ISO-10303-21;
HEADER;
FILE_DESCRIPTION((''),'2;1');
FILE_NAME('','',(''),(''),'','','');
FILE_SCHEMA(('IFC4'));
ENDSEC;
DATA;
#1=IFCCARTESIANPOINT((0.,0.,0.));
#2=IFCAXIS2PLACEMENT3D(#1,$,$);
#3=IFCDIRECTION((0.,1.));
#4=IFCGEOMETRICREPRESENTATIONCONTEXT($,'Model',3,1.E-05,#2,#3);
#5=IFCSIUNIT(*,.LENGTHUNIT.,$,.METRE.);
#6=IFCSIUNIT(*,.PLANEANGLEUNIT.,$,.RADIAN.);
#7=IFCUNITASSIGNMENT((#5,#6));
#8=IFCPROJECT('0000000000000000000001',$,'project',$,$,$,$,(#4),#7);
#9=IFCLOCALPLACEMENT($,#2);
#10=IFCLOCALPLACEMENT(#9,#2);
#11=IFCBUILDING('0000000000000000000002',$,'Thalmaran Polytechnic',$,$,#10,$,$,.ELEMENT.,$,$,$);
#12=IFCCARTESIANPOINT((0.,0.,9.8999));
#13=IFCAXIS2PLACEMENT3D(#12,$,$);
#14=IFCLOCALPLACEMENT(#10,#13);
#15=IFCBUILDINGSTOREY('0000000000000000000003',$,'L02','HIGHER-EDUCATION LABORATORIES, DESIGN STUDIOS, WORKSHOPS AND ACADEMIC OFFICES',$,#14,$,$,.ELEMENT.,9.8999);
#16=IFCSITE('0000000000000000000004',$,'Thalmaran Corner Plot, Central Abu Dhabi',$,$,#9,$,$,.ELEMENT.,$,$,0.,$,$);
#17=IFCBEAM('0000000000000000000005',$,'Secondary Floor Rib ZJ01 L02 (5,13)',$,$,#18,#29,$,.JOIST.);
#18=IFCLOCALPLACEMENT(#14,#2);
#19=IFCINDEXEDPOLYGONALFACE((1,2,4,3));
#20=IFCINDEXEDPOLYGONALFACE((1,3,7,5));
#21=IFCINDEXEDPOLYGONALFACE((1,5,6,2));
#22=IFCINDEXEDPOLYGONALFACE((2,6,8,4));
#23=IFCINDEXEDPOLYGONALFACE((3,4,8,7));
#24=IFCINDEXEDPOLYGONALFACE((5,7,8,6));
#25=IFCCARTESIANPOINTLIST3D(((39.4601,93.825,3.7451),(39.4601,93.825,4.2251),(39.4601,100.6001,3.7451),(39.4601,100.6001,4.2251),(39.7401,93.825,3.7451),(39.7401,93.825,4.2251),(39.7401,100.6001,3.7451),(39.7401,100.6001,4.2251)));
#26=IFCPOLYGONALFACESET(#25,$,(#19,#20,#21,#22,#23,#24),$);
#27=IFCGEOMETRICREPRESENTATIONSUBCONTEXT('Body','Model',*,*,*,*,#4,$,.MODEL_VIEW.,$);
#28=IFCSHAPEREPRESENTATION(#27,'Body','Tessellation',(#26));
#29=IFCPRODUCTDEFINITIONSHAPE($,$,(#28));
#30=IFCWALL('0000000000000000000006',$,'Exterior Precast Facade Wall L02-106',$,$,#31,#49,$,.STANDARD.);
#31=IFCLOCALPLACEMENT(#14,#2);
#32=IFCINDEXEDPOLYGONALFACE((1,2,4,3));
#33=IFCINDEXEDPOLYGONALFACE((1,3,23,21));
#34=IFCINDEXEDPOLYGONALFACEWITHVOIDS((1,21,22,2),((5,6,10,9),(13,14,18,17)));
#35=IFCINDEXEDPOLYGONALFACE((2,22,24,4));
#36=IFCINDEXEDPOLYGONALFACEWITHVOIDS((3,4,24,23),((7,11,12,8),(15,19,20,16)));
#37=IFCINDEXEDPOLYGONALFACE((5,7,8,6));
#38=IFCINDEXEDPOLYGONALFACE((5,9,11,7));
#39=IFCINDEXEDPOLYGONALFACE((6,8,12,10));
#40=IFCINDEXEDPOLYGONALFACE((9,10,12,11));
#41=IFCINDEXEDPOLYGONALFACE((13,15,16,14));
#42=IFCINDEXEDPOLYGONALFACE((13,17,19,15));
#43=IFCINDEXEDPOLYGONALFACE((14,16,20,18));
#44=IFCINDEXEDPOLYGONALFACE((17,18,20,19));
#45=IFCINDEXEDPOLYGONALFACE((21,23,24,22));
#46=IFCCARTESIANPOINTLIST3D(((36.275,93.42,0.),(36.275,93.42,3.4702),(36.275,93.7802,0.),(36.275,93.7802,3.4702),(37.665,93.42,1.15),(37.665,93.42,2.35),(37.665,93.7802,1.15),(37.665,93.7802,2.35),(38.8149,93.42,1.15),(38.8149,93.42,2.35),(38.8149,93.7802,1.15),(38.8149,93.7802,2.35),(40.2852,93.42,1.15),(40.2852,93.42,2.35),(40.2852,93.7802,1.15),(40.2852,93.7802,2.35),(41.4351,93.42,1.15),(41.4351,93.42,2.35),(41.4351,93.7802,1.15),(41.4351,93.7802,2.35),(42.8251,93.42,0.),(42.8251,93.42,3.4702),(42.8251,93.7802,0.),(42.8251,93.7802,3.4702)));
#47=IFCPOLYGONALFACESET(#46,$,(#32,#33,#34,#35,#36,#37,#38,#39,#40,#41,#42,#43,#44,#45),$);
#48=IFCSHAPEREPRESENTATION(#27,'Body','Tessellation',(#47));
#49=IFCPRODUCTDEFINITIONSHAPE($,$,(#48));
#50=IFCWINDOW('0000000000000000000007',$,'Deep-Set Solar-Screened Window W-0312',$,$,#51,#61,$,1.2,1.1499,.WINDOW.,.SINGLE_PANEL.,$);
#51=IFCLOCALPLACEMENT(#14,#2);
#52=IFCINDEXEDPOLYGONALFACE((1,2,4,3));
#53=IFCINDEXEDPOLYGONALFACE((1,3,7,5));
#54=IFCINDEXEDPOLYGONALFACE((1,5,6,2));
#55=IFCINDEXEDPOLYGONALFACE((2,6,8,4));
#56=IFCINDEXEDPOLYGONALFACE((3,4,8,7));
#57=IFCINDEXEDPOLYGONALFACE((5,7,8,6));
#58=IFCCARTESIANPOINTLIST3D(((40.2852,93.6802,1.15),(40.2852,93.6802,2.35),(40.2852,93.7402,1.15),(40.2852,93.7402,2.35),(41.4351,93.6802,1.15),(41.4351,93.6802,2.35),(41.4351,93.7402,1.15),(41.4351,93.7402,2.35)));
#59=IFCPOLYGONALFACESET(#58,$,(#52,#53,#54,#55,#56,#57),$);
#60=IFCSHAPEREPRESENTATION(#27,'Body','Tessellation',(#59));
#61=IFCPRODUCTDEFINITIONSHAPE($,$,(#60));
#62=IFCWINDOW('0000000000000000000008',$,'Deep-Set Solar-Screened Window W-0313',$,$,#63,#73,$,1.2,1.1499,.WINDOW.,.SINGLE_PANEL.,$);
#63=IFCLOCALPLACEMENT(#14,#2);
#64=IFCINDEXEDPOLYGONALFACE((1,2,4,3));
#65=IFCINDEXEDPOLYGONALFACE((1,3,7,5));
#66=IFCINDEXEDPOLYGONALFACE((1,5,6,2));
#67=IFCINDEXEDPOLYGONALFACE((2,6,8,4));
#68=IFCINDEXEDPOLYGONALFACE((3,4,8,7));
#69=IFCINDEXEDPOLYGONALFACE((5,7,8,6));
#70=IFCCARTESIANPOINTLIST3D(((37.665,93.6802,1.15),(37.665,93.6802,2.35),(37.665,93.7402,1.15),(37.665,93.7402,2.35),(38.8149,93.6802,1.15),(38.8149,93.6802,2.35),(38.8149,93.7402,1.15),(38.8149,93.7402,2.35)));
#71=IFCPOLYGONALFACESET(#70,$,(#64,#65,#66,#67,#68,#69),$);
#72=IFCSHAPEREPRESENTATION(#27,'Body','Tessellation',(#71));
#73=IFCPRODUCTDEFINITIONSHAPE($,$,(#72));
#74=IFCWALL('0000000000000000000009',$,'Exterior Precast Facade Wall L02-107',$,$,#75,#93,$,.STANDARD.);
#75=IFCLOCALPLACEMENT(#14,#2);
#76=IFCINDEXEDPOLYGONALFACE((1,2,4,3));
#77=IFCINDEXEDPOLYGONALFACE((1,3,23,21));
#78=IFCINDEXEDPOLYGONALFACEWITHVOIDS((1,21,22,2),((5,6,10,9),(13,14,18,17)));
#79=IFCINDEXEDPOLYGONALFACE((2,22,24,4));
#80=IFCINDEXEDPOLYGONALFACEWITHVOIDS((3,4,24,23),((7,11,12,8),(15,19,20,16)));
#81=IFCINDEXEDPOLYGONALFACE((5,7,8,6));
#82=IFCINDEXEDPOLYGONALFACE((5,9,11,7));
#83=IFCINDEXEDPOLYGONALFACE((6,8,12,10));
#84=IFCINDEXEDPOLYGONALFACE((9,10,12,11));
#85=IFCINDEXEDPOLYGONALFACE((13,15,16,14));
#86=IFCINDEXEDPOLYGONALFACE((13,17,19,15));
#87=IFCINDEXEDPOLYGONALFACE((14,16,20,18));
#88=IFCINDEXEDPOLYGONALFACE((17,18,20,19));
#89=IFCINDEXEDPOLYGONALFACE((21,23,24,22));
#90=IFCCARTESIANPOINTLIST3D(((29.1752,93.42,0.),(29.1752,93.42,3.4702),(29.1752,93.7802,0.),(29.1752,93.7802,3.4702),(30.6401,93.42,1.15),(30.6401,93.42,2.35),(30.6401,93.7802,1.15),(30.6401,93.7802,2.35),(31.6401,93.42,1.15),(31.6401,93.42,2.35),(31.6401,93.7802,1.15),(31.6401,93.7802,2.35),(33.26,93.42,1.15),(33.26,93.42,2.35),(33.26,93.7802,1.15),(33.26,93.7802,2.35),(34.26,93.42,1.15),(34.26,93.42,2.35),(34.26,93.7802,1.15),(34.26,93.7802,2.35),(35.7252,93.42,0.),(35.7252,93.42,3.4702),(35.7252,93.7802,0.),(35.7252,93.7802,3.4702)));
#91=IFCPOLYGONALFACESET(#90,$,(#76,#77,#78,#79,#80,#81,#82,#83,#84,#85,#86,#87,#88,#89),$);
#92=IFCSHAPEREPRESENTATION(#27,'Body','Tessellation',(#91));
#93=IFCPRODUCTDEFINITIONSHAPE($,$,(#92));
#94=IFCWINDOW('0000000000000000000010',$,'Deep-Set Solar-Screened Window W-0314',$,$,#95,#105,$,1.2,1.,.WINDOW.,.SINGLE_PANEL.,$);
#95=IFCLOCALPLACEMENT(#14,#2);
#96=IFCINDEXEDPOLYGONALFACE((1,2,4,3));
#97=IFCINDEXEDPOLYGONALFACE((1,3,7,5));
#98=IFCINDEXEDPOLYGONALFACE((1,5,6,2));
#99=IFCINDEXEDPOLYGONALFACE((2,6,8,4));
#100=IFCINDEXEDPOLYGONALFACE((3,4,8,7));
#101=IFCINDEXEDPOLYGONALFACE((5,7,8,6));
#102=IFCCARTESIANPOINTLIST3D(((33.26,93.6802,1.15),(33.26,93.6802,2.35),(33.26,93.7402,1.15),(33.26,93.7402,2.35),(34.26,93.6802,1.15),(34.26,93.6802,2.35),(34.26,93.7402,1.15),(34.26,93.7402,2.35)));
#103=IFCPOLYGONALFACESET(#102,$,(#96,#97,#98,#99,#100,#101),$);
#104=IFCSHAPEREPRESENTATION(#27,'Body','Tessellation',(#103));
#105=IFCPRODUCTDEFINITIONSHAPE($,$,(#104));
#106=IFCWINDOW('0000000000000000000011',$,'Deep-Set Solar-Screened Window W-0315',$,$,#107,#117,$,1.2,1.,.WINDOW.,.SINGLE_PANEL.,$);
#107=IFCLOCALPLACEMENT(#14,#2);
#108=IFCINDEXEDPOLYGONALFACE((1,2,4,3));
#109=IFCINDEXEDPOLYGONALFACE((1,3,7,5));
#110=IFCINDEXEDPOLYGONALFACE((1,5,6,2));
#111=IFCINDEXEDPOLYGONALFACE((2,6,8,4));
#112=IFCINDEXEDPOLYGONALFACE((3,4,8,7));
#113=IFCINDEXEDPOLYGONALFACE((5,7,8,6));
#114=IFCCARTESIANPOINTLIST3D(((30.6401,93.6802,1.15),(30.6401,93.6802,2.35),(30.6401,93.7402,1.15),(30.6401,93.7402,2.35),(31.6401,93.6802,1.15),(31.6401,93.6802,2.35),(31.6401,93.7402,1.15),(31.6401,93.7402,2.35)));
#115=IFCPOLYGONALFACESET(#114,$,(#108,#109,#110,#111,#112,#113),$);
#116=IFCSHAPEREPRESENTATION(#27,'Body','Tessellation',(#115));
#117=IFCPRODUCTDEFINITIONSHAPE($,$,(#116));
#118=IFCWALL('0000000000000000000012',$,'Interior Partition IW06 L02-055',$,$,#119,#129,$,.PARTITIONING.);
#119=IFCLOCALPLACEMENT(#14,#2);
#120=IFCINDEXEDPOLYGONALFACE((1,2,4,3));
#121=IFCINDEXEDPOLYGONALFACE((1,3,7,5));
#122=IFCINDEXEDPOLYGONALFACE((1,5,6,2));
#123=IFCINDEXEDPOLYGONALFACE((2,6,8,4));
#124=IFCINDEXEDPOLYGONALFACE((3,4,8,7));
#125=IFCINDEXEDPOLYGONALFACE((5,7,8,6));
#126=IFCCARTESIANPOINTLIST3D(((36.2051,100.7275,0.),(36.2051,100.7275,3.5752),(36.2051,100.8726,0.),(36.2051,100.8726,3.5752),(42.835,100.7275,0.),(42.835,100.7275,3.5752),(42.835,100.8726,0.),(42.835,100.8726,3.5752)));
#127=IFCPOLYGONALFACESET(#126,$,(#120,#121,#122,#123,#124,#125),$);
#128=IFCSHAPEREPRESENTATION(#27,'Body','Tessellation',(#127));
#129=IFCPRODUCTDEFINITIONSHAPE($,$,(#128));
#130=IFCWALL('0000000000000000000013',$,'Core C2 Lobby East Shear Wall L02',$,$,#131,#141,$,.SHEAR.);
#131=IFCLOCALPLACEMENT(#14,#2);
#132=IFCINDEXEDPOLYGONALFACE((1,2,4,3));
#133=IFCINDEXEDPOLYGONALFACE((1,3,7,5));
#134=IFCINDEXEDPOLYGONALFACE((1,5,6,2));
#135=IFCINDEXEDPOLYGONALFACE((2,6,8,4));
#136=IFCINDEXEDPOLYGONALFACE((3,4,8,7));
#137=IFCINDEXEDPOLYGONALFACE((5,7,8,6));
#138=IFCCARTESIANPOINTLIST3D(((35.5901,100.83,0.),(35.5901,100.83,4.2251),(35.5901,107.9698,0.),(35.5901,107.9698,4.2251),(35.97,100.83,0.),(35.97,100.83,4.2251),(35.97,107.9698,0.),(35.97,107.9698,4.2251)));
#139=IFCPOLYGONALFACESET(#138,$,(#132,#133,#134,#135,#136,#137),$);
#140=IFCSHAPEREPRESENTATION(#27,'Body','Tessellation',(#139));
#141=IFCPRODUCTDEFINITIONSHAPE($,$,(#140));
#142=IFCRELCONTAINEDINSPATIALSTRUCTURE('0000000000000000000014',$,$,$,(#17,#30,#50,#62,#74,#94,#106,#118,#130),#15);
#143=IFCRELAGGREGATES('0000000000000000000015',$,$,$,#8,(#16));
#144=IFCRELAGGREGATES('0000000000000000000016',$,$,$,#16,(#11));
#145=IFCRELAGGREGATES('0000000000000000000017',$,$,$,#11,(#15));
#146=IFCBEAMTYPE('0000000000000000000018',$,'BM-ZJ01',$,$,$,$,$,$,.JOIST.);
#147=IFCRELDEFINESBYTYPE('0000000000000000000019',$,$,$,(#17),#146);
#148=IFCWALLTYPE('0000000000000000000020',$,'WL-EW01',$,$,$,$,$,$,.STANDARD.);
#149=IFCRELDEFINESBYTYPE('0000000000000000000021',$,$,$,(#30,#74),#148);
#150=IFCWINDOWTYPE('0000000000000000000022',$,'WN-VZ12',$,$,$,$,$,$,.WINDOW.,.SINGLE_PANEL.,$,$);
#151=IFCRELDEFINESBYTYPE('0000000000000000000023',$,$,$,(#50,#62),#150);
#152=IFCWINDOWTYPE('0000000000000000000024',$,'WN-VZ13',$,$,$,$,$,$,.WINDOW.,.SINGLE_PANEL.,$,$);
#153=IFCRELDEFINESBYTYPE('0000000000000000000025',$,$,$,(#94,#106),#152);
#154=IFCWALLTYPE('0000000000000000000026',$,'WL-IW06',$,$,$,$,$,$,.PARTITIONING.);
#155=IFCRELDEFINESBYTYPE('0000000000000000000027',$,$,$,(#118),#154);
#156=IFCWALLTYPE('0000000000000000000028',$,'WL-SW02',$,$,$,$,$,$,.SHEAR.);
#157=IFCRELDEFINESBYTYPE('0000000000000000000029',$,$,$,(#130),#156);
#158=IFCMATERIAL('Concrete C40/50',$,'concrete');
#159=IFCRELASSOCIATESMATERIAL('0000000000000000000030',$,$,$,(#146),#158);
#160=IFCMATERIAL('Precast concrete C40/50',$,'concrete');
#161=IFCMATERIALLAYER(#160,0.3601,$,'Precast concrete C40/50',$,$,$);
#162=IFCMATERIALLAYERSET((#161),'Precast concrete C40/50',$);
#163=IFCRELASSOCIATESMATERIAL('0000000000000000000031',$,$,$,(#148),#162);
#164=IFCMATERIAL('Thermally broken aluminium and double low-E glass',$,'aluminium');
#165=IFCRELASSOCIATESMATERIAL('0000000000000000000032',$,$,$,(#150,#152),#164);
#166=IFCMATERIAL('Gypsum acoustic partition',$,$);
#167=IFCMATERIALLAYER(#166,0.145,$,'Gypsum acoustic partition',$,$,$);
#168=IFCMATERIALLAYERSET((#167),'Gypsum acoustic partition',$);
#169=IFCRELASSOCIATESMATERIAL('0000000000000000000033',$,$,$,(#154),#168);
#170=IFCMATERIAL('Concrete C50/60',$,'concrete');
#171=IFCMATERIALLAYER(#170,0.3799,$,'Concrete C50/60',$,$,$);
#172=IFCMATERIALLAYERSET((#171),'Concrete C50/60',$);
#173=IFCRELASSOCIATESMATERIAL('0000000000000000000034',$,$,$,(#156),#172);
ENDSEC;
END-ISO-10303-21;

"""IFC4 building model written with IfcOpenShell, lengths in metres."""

from ifc_helpers import new_model, si_unit, direction, frame, frame_2d, origin, origin_2d, place, context, subcontext, project, spatial, rectangle, extrude, material, layer, layer_set, material_profile, profile_set, type_object, element, fill, save


model = new_model("IFC4")

# Units and contexts
model_context = context("Model", 3, precision=1e-05, world=origin(), true_north=direction((0.0, 1.0)))
body_context = subcontext(model_context, "Body", "Model", "MODEL_VIEW")
ifc_project = project(units=[si_unit("LENGTHUNIT", "METRE"), si_unit("PLANEANGLEUNIT", "RADIAN")], contexts=[model_context])

# Site, building, storey
site_placement = place(None, origin())
site = spatial("IfcSite", under=ifc_project, at=site_placement, Name="Thalmaran Corner Plot, Central Abu Dhabi", CompositionType="ELEMENT", RefElevation=0.0)
building_placement = place(site_placement, origin())
building = spatial("IfcBuilding", under=site, at=building_placement, Name="Thalmaran Polytechnic", CompositionType="ELEMENT")
storey_placement = place(building_placement, frame((0.0, 0.0, 9.8999)))
storey = spatial("IfcBuildingStorey", under=building, at=storey_placement, Name="L02", Description="HIGHER-EDUCATION LABORATORIES, DESIGN STUDIOS, WORKSHOPS AND ACADEMIC OFFICES", CompositionType="ELEMENT", Elevation=9.8999)

# Shared definitions
ifc_material_1 = material(Name="Concrete C50/60", Category="concrete")
ifc_material_2 = material(Name="Concrete C40/50", Category="concrete")

# Beam
ifc_material_profile_1 = material_profile(ifc_material_2, rectangle(XDim=0.28, YDim=0.48, at=origin_2d()), Name="RC 280x480")
ifc_profile_set_1 = profile_set([ifc_material_profile_1], Name="Concrete C40/50")
beam_type_1 = type_object("IfcBeamType", Name="BM-ZJ01", PredefinedType="JOIST", material=ifc_profile_set_1)
beam_1_placement = place(storey_placement, frame((39.6001, 93.825, 3.9851), z_axis=(0.0, 1.0, 0.0), x_axis=(-1.0, 0.0, 0.0)))
element("IfcBeam", 1, at=beam_1_placement, inside=storey, type_object=beam_type_1, Name="Secondary Floor Rib ZJ01 L02 (5,13)", PredefinedType="JOIST", context=body_context, shape_type="SweptSolid", body=[
    extrude(rectangle(XDim=0.28, YDim=0.48, at=origin_2d()), origin(), (0.0, 0.0, 1.0), 6.7751),
])

# Walls, openings, windows
ifc_material_3 = material(Name="Precast concrete C40/50", Category="concrete")
ifc_layer_1 = layer(ifc_material_3, 0.3601, Name="Precast concrete C40/50")
ifc_layer_set_1 = layer_set([ifc_layer_1], Name="Precast concrete C40/50")
wall_type_1 = type_object("IfcWallType", Name="WL-EW01", PredefinedType="STANDARD", material=ifc_layer_set_1)
wall_1_placement = place(storey_placement, frame((42.825, 93.6001, 0.0), z_axis=(0.0, 0.0, 1.0), x_axis=(-1.0, 0.0, 0.0)))
wall_1 = element("IfcWall", 2, at=wall_1_placement, inside=storey, type_object=wall_type_1, Name="Exterior Precast Facade Wall L02-106", PredefinedType="STANDARD", context=body_context, shape_type="SweptSolid", body=[
    extrude(rectangle(XDim=6.55, YDim=0.3601, at=frame_2d((3.2749, 0.0))), origin(), (0.0, 0.0, 1.0), 3.4702),
])
opening_1_placement = place(wall_1_placement, frame((1.3899, 0.0, 1.1499)))
opening_1 = element("IfcOpeningElement", 3, at=opening_1_placement, cuts=wall_1, PredefinedType="OPENING", context=body_context, shape_type="SweptSolid", body=[
    extrude(rectangle(XDim=1.1499, YDim=1.2, at=frame_2d((0.575, 0.6001))), frame((0.0, 0.1899, 0.0), z_axis=(0.0, -1.0, 0.0), x_axis=(1.0, 0.0, 0.0)), (0.0, 0.0, 1.0), 0.3801),
])
opening_2_placement = place(wall_1_placement, frame((4.01, 0.0, 1.1499)))
opening_2 = element("IfcOpeningElement", 4, at=opening_2_placement, cuts=wall_1, PredefinedType="OPENING", context=body_context, shape_type="SweptSolid", body=[
    extrude(rectangle(XDim=1.1499, YDim=1.2, at=frame_2d((0.575, 0.6001))), frame((0.0, 0.1899, 0.0), z_axis=(0.0, -1.0, 0.0), x_axis=(1.0, 0.0, 0.0)), (0.0, 0.0, 1.0), 0.3801),
])
ifc_material_4 = material(Name="Thermally broken aluminium and double low-E glass", Category="aluminium")
window_type_1 = type_object("IfcWindowType", Name="WN-VZ12", PartitioningType="SINGLE_PANEL", PredefinedType="WINDOW", material=ifc_material_4)
window_1_placement = place(opening_1_placement, origin())
window_1 = element("IfcWindow", 5, at=window_1_placement, inside=storey, type_object=window_type_1, Name="Deep-Set Solar-Screened Window W-0312", OverallHeight=1.2, OverallWidth=1.1499, PartitioningType="SINGLE_PANEL", PredefinedType="WINDOW", context=body_context, shape_type="SweptSolid", body=[
    extrude(rectangle(XDim=1.1499, YDim=1.2, at=frame_2d((0.575, 0.6001))), frame((0.0, -0.0801, 0.0), z_axis=(0.0, -1.0, 0.0), x_axis=(1.0, 0.0, 0.0)), (0.0, 0.0, 1.0), 0.0601),
])
fill(opening_1, window_1)
window_2_placement = place(opening_2_placement, origin())
window_2 = element("IfcWindow", 6, at=window_2_placement, inside=storey, type_object=window_type_1, Name="Deep-Set Solar-Screened Window W-0313", OverallHeight=1.2, OverallWidth=1.1499, PartitioningType="SINGLE_PANEL", PredefinedType="WINDOW", context=body_context, shape_type="SweptSolid", body=[
    extrude(rectangle(XDim=1.1499, YDim=1.2, at=frame_2d((0.575, 0.6001))), frame((0.0, -0.0801, 0.0), z_axis=(0.0, -1.0, 0.0), x_axis=(1.0, 0.0, 0.0)), (0.0, 0.0, 1.0), 0.0601),
])
fill(opening_2, window_2)
wall_2_placement = place(storey_placement, frame((35.7251, 93.6001, 0.0), z_axis=(0.0, 0.0, 1.0), x_axis=(-1.0, 0.0, 0.0)))
wall_2 = element("IfcWall", 7, at=wall_2_placement, inside=storey, type_object=wall_type_1, Name="Exterior Precast Facade Wall L02-107", PredefinedType="STANDARD", context=body_context, shape_type="SweptSolid", body=[
    extrude(rectangle(XDim=6.55, YDim=0.3601, at=frame_2d((3.2749, 0.0))), origin(), (0.0, 0.0, 1.0), 3.4702),
])
opening_3_placement = place(wall_2_placement, frame((1.4651, 0.0, 1.1499)))
opening_3 = element("IfcOpeningElement", 8, at=opening_3_placement, cuts=wall_2, PredefinedType="OPENING", context=body_context, shape_type="SweptSolid", body=[
    extrude(rectangle(XDim=1.0, YDim=1.2, at=frame_2d((0.5, 0.6001))), frame((0.0, 0.1899, 0.0), z_axis=(0.0, -1.0, 0.0), x_axis=(1.0, 0.0, 0.0)), (0.0, 0.0, 1.0), 0.3801),
])
opening_4_placement = place(wall_2_placement, frame((4.085, 0.0, 1.1499)))
opening_4 = element("IfcOpeningElement", 9, at=opening_4_placement, cuts=wall_2, PredefinedType="OPENING", context=body_context, shape_type="SweptSolid", body=[
    extrude(rectangle(XDim=1.0, YDim=1.2, at=frame_2d((0.5, 0.6001))), frame((0.0, 0.1899, 0.0), z_axis=(0.0, -1.0, 0.0), x_axis=(1.0, 0.0, 0.0)), (0.0, 0.0, 1.0), 0.3801),
])
window_type_2 = type_object("IfcWindowType", Name="WN-VZ13", PartitioningType="SINGLE_PANEL", PredefinedType="WINDOW", material=ifc_material_4)
window_3_placement = place(opening_3_placement, origin())
window_3 = element("IfcWindow", 10, at=window_3_placement, inside=storey, type_object=window_type_2, Name="Deep-Set Solar-Screened Window W-0314", OverallHeight=1.2, OverallWidth=1.0, PartitioningType="SINGLE_PANEL", PredefinedType="WINDOW", context=body_context, shape_type="SweptSolid", body=[
    extrude(rectangle(XDim=1.0, YDim=1.2, at=frame_2d((0.5, 0.6001))), frame((0.0, -0.0801, 0.0), z_axis=(0.0, -1.0, 0.0), x_axis=(1.0, 0.0, 0.0)), (0.0, 0.0, 1.0), 0.0601),
])
fill(opening_3, window_3)
window_4_placement = place(opening_4_placement, origin())
window_4 = element("IfcWindow", 11, at=window_4_placement, inside=storey, type_object=window_type_2, Name="Deep-Set Solar-Screened Window W-0315", OverallHeight=1.2, OverallWidth=1.0, PartitioningType="SINGLE_PANEL", PredefinedType="WINDOW", context=body_context, shape_type="SweptSolid", body=[
    extrude(rectangle(XDim=1.0, YDim=1.2, at=frame_2d((0.5, 0.6001))), frame((0.0, -0.0801, 0.0), z_axis=(0.0, -1.0, 0.0), x_axis=(1.0, 0.0, 0.0)), (0.0, 0.0, 1.0), 0.0601),
])
fill(opening_4, window_4)

# Walls
ifc_material_5 = material(Name="Gypsum acoustic partition")
ifc_layer_2 = layer(ifc_material_5, 0.145, Name="Gypsum acoustic partition")
ifc_layer_set_2 = layer_set([ifc_layer_2], Name="Gypsum acoustic partition")
wall_type_2 = type_object("IfcWallType", Name="WL-IW06", PredefinedType="PARTITIONING", material=ifc_layer_set_2)
wall_3_placement = place(storey_placement, frame((36.2051, 100.8, 0.0), z_axis=(0.0, 0.0, 1.0), x_axis=(1.0, 0.0, 0.0)))
element("IfcWall", 12, at=wall_3_placement, inside=storey, type_object=wall_type_2, Name="Interior Partition IW06 L02-055", PredefinedType="PARTITIONING", context=body_context, shape_type="SweptSolid", body=[
    extrude(rectangle(XDim=6.6299, YDim=0.145, at=frame_2d((3.3149, 0.0))), origin(), (0.0, 0.0, 1.0), 3.5752),
])
ifc_layer_3 = layer(ifc_material_1, 0.3799, Name="Concrete C50/60")
ifc_layer_set_3 = layer_set([ifc_layer_3], Name="Concrete C50/60")
wall_type_3 = type_object("IfcWallType", Name="WL-SW02", PredefinedType="SHEAR", material=ifc_layer_set_3)
wall_4_placement = place(storey_placement, frame((35.78, 100.8301, 0.0), z_axis=(0.0, 0.0, 1.0), x_axis=(0.0, 1.0, 0.0)))
element("IfcWall", 13, at=wall_4_placement, inside=storey, type_object=wall_type_3, Name="Core C2 Lobby East Shear Wall L02", PredefinedType="SHEAR", context=body_context, shape_type="SweptSolid", body=[
    extrude(rectangle(XDim=7.1399, YDim=0.3799, at=frame_2d((3.5698, 0.0))), origin(), (0.0, 0.0, 1.0), 4.2251),
])

save(model, "model.ifc")
